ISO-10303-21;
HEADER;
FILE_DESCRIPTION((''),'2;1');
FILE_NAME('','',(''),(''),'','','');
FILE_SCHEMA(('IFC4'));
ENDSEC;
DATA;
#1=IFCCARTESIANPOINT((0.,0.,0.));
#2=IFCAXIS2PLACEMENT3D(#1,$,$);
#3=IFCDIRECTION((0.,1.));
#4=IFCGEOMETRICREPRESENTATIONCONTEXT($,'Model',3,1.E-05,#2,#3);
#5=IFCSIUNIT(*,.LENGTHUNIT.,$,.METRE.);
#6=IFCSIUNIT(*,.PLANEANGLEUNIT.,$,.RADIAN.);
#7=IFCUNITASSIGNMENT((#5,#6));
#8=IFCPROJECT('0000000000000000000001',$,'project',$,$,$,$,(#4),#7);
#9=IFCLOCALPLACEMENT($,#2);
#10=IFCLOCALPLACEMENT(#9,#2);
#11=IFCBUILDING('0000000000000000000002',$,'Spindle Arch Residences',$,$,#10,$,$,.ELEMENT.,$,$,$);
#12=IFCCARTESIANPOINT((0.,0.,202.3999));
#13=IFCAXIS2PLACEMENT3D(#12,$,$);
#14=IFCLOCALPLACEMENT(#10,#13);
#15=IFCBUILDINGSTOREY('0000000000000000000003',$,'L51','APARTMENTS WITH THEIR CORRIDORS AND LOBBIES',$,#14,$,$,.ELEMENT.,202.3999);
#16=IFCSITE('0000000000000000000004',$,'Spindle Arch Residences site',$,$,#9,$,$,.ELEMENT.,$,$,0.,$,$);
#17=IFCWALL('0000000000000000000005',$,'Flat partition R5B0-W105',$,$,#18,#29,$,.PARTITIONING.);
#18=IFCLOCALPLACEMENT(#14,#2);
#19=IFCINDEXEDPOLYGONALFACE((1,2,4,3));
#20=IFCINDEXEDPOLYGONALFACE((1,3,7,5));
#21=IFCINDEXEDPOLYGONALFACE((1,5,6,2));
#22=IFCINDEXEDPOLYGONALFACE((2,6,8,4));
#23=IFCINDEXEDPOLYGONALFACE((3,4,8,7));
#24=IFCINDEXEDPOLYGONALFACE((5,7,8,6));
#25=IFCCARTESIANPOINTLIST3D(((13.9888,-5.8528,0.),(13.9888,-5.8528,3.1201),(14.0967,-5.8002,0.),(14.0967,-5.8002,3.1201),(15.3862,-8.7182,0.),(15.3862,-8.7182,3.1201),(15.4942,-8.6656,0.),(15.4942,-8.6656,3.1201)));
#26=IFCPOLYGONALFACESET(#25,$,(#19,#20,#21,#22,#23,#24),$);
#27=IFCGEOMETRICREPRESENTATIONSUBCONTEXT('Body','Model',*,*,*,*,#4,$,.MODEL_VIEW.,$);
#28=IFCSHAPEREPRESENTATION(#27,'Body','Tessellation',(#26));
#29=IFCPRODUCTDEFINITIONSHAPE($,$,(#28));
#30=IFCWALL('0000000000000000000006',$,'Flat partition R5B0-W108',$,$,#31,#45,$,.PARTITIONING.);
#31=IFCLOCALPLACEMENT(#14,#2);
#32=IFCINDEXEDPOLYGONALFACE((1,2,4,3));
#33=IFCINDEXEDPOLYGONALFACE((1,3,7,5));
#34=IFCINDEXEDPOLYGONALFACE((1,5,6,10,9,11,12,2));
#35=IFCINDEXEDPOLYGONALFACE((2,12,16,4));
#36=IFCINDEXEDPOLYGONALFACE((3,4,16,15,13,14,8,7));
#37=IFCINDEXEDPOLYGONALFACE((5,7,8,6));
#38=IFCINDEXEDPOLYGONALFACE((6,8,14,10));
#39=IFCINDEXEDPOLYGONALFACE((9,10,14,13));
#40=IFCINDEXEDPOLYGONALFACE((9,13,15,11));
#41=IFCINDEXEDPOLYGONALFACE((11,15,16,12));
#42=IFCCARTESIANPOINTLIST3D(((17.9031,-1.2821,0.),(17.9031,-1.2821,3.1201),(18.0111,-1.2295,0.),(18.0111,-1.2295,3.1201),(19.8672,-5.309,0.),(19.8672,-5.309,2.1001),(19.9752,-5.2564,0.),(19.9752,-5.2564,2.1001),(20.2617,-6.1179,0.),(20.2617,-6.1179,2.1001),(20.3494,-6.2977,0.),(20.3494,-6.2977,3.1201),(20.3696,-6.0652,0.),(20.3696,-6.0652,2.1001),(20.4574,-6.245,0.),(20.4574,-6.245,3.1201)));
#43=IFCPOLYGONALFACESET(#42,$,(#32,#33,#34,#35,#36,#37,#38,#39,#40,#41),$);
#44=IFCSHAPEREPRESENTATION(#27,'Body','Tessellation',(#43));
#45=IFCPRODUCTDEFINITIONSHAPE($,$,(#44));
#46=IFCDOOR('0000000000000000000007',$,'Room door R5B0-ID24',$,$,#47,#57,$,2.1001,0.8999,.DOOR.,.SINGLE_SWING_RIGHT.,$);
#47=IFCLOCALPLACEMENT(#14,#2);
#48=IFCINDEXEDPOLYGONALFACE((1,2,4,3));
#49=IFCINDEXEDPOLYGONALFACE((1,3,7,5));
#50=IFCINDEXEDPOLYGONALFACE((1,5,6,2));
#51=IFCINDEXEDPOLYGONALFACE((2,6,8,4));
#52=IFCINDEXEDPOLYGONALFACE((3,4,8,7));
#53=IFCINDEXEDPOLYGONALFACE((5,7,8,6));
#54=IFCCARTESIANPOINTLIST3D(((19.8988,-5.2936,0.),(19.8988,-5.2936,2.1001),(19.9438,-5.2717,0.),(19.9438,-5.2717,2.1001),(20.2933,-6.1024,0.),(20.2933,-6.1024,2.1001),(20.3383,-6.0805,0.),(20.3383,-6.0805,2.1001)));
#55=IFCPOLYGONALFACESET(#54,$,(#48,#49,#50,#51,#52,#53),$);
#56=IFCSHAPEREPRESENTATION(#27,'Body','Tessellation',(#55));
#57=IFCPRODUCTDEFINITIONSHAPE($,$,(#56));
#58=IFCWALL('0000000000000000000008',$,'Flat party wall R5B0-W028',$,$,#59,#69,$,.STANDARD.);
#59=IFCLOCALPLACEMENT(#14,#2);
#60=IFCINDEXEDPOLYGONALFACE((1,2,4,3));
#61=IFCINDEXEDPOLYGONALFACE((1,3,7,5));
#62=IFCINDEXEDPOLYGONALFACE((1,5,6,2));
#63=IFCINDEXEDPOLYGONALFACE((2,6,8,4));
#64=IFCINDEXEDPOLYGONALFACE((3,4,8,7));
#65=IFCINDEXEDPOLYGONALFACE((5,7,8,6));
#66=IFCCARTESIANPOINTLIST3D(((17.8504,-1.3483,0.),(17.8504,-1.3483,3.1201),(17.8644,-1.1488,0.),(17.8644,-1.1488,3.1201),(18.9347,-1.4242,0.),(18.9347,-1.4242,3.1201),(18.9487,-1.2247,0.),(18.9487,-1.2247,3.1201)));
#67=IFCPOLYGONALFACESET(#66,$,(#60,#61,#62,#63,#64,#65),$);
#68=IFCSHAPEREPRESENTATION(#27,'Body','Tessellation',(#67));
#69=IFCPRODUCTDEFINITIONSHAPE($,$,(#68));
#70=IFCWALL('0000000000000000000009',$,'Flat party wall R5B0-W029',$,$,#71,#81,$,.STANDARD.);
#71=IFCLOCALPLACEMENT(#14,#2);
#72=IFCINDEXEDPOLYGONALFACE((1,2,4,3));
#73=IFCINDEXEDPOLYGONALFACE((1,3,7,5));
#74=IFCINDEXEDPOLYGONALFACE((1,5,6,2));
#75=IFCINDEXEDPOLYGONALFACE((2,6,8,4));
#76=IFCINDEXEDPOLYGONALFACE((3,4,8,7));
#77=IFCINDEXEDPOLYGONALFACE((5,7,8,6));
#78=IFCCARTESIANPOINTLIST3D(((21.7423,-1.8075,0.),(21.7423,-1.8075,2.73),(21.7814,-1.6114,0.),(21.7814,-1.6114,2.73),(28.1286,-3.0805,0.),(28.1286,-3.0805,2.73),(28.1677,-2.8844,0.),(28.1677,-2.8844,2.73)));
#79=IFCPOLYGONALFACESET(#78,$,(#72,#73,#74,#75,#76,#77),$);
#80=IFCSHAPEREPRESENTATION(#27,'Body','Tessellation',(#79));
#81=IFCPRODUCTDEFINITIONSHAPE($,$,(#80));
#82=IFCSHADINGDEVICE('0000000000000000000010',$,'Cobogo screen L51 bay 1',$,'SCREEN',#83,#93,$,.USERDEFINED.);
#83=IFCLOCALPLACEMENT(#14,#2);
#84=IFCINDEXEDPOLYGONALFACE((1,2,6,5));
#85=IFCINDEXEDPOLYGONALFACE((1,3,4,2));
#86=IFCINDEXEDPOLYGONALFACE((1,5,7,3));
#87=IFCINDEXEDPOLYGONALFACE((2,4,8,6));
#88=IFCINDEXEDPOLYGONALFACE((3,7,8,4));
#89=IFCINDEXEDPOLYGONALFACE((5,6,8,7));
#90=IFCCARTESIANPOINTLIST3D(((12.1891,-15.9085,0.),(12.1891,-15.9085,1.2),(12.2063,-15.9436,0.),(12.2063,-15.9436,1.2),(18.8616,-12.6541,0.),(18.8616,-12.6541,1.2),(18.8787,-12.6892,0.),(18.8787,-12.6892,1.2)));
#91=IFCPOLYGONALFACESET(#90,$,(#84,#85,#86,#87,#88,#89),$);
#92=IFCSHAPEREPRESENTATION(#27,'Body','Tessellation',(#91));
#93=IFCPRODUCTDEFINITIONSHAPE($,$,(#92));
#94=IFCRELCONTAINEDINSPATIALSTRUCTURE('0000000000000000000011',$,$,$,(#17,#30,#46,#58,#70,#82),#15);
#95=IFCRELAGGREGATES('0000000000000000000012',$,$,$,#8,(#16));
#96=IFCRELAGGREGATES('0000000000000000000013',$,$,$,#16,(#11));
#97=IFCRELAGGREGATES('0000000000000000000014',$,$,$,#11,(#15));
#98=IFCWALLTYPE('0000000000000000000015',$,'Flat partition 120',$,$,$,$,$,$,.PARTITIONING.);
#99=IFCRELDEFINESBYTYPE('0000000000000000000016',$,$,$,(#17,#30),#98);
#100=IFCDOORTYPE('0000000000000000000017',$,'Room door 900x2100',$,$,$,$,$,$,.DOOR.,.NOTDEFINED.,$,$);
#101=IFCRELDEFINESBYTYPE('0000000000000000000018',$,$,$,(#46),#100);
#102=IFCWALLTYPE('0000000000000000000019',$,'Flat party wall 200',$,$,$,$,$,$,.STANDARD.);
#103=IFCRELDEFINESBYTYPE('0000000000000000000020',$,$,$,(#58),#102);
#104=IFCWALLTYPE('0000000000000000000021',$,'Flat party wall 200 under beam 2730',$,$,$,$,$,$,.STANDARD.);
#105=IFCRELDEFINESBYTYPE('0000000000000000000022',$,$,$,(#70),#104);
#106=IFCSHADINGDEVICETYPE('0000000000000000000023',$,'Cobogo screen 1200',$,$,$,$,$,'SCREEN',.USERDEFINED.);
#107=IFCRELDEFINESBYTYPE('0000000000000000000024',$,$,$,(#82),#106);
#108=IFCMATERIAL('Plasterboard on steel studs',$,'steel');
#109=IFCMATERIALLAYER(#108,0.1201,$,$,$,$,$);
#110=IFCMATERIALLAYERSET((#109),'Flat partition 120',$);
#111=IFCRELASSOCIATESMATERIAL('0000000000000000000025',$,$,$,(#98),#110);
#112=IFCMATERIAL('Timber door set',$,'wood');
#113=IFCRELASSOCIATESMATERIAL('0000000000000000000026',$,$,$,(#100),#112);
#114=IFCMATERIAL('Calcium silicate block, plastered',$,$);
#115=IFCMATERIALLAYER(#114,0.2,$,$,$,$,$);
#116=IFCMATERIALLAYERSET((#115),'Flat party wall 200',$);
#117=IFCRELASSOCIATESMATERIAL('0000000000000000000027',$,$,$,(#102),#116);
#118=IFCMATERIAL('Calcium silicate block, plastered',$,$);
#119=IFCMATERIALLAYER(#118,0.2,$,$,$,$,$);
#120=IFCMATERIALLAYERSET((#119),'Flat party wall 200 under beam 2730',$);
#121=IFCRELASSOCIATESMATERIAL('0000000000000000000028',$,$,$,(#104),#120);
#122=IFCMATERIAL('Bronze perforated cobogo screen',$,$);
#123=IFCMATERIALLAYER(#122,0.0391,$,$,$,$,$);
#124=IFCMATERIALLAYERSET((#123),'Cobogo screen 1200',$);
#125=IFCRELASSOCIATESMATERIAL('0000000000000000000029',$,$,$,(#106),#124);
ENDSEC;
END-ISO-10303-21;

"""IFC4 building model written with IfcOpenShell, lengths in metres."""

from ifc_helpers import new_model, si_unit, direction, frame, frame_2d, origin, origin_2d, place, context, subcontext, project, spatial, rectangle, extrude, material, layer, layer_set, type_object, element, fill, save


model = new_model("IFC4")

# Units and contexts
model_context = context("Model", 3, precision=1e-05, world=origin(), true_north=direction((0.0, 1.0)))
body_context = subcontext(model_context, "Body", "Model", "MODEL_VIEW")
ifc_project = project(units=[si_unit("LENGTHUNIT", "METRE"), si_unit("PLANEANGLEUNIT", "RADIAN")], contexts=[model_context])

# Site, building, storey
site_placement = place(None, origin())
site = spatial("IfcSite", under=ifc_project, at=site_placement, Name="Spindle Arch Residences site", CompositionType="ELEMENT", RefElevation=0.0)
building_placement = place(site_placement, origin())
building = spatial("IfcBuilding", under=site, at=building_placement, Name="Spindle Arch Residences", CompositionType="ELEMENT")
storey_placement = place(building_placement, frame((0.0, 0.0, 202.3999)))
storey = spatial("IfcBuildingStorey", under=building, at=storey_placement, Name="L51", Description="APARTMENTS WITH THEIR CORRIDORS AND LOBBIES", CompositionType="ELEMENT", Elevation=202.3999)

# Shared definitions
ifc_material_1 = material(Name="Plasterboard on steel studs", Category="steel")
ifc_layer_1 = layer(ifc_material_1, 0.1201)
ifc_layer_set_1 = layer_set([ifc_layer_1], Name="Flat partition 120")
wall_type_1 = type_object("IfcWallType", Name="Flat partition 120", PredefinedType="PARTITIONING", material=ifc_layer_set_1)
ifc_material_2 = material(Name="Timber door set", Category="wood")
door_type_1 = type_object("IfcDoorType", Name="Room door 900x2100", OperationType="NOTDEFINED", PredefinedType="DOOR", material=ifc_material_2)

# Wall
wall_1_placement = place(storey_placement, frame((15.4402, -8.6919, 0.0), z_axis=(0.0, 0.0, 1.0), x_axis=(-0.438339, 0.89881, 0.0)))
element("IfcWall", 1, at=wall_1_placement, inside=storey, type_object=wall_type_1, Name="Flat partition R5B0-W105", PredefinedType="PARTITIONING", context=body_context, shape_type="SweptSolid", body=[
    extrude(rectangle(XDim=3.188, YDim=0.1201, at=frame_2d((1.594, 0.0))), origin(), (0.0, 0.0, 1.0), 3.1201),
])

# Wall, opening, door
wall_2_placement = place(storey_placement, frame((20.4033, -6.2712, 0.0), z_axis=(0.0, 0.0, 1.0), x_axis=(-0.438372, 0.898794, 0.0)))
wall_2 = element("IfcWall", 2, at=wall_2_placement, inside=storey, type_object=wall_type_1, Name="Flat partition R5B0-W108", PredefinedType="PARTITIONING", context=body_context, shape_type="SweptSolid", body=[
    extrude(rectangle(XDim=5.5803, YDim=0.1201, at=frame_2d((2.79, 0.0))), origin(), (0.0, 0.0, 1.0), 3.1201),
])
opening_1_placement = place(wall_2_placement, frame((0.2, 0.0, 0.0)))
opening_1 = element("IfcOpeningElement", 3, at=opening_1_placement, cuts=wall_2, PredefinedType="OPENING", context=body_context, shape_type="SweptSolid", body=[
    extrude(rectangle(XDim=0.8999, YDim=2.1001, at=frame_2d((0.45, 1.05))), frame((0.0, 0.0701, 0.0), z_axis=(0.0, -1.0, 0.0), x_axis=(1.0, 0.0, 0.0)), (0.0, 0.0, 1.0), 0.1401),
])
door_1_placement = place(opening_1_placement, origin())
door_1 = element("IfcDoor", 4, at=door_1_placement, inside=storey, type_object=door_type_1, Name="Room door R5B0-ID24", OperationType="SINGLE_SWING_RIGHT", OverallHeight=2.1001, OverallWidth=0.8999, PredefinedType="DOOR", context=body_context, shape_type="SweptSolid", body=[
    extrude(rectangle(XDim=0.8999, YDim=2.1001, at=frame_2d((0.45, 1.05))), frame((0.0, 0.0249, 0.0), z_axis=(0.0, -1.0, 0.0), x_axis=(1.0, 0.0, 0.0)), (0.0, 0.0, 1.0), 0.05),
])
fill(opening_1, door_1)

# Walls
ifc_material_3 = material(Name="Calcium silicate block, plastered")
ifc_layer_2 = layer(ifc_material_3, 0.2)
ifc_layer_set_2 = layer_set([ifc_layer_2], Name="Flat party wall 200")
wall_type_2 = type_object("IfcWallType", Name="Flat party wall 200", PredefinedType="STANDARD", material=ifc_layer_set_2)
wall_3_placement = place(storey_placement, frame((17.8574, -1.2485, 0.0), z_axis=(0.0, 0.0, 1.0), x_axis=(0.997557, -0.069858, 0.0)))
element("IfcWall", 5, at=wall_3_placement, inside=storey, type_object=wall_type_2, Name="Flat party wall R5B0-W028", PredefinedType="STANDARD", context=body_context, shape_type="SweptSolid", body=[
    extrude(rectangle(XDim=1.0869, YDim=0.2, at=frame_2d((0.5435, 0.0))), origin(), (0.0, 0.0, 1.0), 3.1201),
])
ifc_material_4 = material(Name="Calcium silicate block, plastered")
ifc_layer_3 = layer(ifc_material_4, 0.2)
ifc_layer_set_3 = layer_set([ifc_layer_3], Name="Flat party wall 200 under beam 2730")
wall_type_3 = type_object("IfcWallType", Name="Flat party wall 200 under beam 2730", PredefinedType="STANDARD", material=ifc_layer_set_3)
wall_4_placement = place(storey_placement, frame((21.762, -1.7095, 0.0), z_axis=(0.0, 0.0, 1.0), x_axis=(0.980707, -0.195482, 0.0)))
element("IfcWall", 6, at=wall_4_placement, inside=storey, type_object=wall_type_3, Name="Flat party wall R5B0-W029", PredefinedType="STANDARD", context=body_context, shape_type="SweptSolid", body=[
    extrude(rectangle(XDim=6.512, YDim=0.2, at=frame_2d((3.2559, 0.0))), origin(), (0.0, 0.0, 1.0), 2.73),
])

# Shading device
ifc_material_5 = material(Name="Bronze perforated cobogo screen")
ifc_layer_4 = layer(ifc_material_5, 0.0391)
ifc_layer_set_4 = layer_set([ifc_layer_4], Name="Cobogo screen 1200")
shading_device_type = type_object("IfcShadingDeviceType", Name="Cobogo screen 1200", ElementType="SCREEN", PredefinedType="USERDEFINED", material=ifc_layer_set_4)
shading_device_placement = place(storey_placement, frame((15.5339, -14.2988, 0.0), z_axis=(0.0, 0.0, 1.0), x_axis=(0.898794, 0.438371, 0.0)))
element("IfcShadingDevice", 7, at=shading_device_placement, inside=storey, type_object=shading_device_type, Name="Cobogo screen L51 bay 1", ObjectType="SCREEN", PredefinedType="USERDEFINED", context=body_context, shape_type="SweptSolid", body=[
    extrude(rectangle(XDim=7.4238, YDim=0.0391, at=origin_2d()), origin(), (0.0, 0.0, 1.0), 1.2),
])

save(model, "model.ifc")
